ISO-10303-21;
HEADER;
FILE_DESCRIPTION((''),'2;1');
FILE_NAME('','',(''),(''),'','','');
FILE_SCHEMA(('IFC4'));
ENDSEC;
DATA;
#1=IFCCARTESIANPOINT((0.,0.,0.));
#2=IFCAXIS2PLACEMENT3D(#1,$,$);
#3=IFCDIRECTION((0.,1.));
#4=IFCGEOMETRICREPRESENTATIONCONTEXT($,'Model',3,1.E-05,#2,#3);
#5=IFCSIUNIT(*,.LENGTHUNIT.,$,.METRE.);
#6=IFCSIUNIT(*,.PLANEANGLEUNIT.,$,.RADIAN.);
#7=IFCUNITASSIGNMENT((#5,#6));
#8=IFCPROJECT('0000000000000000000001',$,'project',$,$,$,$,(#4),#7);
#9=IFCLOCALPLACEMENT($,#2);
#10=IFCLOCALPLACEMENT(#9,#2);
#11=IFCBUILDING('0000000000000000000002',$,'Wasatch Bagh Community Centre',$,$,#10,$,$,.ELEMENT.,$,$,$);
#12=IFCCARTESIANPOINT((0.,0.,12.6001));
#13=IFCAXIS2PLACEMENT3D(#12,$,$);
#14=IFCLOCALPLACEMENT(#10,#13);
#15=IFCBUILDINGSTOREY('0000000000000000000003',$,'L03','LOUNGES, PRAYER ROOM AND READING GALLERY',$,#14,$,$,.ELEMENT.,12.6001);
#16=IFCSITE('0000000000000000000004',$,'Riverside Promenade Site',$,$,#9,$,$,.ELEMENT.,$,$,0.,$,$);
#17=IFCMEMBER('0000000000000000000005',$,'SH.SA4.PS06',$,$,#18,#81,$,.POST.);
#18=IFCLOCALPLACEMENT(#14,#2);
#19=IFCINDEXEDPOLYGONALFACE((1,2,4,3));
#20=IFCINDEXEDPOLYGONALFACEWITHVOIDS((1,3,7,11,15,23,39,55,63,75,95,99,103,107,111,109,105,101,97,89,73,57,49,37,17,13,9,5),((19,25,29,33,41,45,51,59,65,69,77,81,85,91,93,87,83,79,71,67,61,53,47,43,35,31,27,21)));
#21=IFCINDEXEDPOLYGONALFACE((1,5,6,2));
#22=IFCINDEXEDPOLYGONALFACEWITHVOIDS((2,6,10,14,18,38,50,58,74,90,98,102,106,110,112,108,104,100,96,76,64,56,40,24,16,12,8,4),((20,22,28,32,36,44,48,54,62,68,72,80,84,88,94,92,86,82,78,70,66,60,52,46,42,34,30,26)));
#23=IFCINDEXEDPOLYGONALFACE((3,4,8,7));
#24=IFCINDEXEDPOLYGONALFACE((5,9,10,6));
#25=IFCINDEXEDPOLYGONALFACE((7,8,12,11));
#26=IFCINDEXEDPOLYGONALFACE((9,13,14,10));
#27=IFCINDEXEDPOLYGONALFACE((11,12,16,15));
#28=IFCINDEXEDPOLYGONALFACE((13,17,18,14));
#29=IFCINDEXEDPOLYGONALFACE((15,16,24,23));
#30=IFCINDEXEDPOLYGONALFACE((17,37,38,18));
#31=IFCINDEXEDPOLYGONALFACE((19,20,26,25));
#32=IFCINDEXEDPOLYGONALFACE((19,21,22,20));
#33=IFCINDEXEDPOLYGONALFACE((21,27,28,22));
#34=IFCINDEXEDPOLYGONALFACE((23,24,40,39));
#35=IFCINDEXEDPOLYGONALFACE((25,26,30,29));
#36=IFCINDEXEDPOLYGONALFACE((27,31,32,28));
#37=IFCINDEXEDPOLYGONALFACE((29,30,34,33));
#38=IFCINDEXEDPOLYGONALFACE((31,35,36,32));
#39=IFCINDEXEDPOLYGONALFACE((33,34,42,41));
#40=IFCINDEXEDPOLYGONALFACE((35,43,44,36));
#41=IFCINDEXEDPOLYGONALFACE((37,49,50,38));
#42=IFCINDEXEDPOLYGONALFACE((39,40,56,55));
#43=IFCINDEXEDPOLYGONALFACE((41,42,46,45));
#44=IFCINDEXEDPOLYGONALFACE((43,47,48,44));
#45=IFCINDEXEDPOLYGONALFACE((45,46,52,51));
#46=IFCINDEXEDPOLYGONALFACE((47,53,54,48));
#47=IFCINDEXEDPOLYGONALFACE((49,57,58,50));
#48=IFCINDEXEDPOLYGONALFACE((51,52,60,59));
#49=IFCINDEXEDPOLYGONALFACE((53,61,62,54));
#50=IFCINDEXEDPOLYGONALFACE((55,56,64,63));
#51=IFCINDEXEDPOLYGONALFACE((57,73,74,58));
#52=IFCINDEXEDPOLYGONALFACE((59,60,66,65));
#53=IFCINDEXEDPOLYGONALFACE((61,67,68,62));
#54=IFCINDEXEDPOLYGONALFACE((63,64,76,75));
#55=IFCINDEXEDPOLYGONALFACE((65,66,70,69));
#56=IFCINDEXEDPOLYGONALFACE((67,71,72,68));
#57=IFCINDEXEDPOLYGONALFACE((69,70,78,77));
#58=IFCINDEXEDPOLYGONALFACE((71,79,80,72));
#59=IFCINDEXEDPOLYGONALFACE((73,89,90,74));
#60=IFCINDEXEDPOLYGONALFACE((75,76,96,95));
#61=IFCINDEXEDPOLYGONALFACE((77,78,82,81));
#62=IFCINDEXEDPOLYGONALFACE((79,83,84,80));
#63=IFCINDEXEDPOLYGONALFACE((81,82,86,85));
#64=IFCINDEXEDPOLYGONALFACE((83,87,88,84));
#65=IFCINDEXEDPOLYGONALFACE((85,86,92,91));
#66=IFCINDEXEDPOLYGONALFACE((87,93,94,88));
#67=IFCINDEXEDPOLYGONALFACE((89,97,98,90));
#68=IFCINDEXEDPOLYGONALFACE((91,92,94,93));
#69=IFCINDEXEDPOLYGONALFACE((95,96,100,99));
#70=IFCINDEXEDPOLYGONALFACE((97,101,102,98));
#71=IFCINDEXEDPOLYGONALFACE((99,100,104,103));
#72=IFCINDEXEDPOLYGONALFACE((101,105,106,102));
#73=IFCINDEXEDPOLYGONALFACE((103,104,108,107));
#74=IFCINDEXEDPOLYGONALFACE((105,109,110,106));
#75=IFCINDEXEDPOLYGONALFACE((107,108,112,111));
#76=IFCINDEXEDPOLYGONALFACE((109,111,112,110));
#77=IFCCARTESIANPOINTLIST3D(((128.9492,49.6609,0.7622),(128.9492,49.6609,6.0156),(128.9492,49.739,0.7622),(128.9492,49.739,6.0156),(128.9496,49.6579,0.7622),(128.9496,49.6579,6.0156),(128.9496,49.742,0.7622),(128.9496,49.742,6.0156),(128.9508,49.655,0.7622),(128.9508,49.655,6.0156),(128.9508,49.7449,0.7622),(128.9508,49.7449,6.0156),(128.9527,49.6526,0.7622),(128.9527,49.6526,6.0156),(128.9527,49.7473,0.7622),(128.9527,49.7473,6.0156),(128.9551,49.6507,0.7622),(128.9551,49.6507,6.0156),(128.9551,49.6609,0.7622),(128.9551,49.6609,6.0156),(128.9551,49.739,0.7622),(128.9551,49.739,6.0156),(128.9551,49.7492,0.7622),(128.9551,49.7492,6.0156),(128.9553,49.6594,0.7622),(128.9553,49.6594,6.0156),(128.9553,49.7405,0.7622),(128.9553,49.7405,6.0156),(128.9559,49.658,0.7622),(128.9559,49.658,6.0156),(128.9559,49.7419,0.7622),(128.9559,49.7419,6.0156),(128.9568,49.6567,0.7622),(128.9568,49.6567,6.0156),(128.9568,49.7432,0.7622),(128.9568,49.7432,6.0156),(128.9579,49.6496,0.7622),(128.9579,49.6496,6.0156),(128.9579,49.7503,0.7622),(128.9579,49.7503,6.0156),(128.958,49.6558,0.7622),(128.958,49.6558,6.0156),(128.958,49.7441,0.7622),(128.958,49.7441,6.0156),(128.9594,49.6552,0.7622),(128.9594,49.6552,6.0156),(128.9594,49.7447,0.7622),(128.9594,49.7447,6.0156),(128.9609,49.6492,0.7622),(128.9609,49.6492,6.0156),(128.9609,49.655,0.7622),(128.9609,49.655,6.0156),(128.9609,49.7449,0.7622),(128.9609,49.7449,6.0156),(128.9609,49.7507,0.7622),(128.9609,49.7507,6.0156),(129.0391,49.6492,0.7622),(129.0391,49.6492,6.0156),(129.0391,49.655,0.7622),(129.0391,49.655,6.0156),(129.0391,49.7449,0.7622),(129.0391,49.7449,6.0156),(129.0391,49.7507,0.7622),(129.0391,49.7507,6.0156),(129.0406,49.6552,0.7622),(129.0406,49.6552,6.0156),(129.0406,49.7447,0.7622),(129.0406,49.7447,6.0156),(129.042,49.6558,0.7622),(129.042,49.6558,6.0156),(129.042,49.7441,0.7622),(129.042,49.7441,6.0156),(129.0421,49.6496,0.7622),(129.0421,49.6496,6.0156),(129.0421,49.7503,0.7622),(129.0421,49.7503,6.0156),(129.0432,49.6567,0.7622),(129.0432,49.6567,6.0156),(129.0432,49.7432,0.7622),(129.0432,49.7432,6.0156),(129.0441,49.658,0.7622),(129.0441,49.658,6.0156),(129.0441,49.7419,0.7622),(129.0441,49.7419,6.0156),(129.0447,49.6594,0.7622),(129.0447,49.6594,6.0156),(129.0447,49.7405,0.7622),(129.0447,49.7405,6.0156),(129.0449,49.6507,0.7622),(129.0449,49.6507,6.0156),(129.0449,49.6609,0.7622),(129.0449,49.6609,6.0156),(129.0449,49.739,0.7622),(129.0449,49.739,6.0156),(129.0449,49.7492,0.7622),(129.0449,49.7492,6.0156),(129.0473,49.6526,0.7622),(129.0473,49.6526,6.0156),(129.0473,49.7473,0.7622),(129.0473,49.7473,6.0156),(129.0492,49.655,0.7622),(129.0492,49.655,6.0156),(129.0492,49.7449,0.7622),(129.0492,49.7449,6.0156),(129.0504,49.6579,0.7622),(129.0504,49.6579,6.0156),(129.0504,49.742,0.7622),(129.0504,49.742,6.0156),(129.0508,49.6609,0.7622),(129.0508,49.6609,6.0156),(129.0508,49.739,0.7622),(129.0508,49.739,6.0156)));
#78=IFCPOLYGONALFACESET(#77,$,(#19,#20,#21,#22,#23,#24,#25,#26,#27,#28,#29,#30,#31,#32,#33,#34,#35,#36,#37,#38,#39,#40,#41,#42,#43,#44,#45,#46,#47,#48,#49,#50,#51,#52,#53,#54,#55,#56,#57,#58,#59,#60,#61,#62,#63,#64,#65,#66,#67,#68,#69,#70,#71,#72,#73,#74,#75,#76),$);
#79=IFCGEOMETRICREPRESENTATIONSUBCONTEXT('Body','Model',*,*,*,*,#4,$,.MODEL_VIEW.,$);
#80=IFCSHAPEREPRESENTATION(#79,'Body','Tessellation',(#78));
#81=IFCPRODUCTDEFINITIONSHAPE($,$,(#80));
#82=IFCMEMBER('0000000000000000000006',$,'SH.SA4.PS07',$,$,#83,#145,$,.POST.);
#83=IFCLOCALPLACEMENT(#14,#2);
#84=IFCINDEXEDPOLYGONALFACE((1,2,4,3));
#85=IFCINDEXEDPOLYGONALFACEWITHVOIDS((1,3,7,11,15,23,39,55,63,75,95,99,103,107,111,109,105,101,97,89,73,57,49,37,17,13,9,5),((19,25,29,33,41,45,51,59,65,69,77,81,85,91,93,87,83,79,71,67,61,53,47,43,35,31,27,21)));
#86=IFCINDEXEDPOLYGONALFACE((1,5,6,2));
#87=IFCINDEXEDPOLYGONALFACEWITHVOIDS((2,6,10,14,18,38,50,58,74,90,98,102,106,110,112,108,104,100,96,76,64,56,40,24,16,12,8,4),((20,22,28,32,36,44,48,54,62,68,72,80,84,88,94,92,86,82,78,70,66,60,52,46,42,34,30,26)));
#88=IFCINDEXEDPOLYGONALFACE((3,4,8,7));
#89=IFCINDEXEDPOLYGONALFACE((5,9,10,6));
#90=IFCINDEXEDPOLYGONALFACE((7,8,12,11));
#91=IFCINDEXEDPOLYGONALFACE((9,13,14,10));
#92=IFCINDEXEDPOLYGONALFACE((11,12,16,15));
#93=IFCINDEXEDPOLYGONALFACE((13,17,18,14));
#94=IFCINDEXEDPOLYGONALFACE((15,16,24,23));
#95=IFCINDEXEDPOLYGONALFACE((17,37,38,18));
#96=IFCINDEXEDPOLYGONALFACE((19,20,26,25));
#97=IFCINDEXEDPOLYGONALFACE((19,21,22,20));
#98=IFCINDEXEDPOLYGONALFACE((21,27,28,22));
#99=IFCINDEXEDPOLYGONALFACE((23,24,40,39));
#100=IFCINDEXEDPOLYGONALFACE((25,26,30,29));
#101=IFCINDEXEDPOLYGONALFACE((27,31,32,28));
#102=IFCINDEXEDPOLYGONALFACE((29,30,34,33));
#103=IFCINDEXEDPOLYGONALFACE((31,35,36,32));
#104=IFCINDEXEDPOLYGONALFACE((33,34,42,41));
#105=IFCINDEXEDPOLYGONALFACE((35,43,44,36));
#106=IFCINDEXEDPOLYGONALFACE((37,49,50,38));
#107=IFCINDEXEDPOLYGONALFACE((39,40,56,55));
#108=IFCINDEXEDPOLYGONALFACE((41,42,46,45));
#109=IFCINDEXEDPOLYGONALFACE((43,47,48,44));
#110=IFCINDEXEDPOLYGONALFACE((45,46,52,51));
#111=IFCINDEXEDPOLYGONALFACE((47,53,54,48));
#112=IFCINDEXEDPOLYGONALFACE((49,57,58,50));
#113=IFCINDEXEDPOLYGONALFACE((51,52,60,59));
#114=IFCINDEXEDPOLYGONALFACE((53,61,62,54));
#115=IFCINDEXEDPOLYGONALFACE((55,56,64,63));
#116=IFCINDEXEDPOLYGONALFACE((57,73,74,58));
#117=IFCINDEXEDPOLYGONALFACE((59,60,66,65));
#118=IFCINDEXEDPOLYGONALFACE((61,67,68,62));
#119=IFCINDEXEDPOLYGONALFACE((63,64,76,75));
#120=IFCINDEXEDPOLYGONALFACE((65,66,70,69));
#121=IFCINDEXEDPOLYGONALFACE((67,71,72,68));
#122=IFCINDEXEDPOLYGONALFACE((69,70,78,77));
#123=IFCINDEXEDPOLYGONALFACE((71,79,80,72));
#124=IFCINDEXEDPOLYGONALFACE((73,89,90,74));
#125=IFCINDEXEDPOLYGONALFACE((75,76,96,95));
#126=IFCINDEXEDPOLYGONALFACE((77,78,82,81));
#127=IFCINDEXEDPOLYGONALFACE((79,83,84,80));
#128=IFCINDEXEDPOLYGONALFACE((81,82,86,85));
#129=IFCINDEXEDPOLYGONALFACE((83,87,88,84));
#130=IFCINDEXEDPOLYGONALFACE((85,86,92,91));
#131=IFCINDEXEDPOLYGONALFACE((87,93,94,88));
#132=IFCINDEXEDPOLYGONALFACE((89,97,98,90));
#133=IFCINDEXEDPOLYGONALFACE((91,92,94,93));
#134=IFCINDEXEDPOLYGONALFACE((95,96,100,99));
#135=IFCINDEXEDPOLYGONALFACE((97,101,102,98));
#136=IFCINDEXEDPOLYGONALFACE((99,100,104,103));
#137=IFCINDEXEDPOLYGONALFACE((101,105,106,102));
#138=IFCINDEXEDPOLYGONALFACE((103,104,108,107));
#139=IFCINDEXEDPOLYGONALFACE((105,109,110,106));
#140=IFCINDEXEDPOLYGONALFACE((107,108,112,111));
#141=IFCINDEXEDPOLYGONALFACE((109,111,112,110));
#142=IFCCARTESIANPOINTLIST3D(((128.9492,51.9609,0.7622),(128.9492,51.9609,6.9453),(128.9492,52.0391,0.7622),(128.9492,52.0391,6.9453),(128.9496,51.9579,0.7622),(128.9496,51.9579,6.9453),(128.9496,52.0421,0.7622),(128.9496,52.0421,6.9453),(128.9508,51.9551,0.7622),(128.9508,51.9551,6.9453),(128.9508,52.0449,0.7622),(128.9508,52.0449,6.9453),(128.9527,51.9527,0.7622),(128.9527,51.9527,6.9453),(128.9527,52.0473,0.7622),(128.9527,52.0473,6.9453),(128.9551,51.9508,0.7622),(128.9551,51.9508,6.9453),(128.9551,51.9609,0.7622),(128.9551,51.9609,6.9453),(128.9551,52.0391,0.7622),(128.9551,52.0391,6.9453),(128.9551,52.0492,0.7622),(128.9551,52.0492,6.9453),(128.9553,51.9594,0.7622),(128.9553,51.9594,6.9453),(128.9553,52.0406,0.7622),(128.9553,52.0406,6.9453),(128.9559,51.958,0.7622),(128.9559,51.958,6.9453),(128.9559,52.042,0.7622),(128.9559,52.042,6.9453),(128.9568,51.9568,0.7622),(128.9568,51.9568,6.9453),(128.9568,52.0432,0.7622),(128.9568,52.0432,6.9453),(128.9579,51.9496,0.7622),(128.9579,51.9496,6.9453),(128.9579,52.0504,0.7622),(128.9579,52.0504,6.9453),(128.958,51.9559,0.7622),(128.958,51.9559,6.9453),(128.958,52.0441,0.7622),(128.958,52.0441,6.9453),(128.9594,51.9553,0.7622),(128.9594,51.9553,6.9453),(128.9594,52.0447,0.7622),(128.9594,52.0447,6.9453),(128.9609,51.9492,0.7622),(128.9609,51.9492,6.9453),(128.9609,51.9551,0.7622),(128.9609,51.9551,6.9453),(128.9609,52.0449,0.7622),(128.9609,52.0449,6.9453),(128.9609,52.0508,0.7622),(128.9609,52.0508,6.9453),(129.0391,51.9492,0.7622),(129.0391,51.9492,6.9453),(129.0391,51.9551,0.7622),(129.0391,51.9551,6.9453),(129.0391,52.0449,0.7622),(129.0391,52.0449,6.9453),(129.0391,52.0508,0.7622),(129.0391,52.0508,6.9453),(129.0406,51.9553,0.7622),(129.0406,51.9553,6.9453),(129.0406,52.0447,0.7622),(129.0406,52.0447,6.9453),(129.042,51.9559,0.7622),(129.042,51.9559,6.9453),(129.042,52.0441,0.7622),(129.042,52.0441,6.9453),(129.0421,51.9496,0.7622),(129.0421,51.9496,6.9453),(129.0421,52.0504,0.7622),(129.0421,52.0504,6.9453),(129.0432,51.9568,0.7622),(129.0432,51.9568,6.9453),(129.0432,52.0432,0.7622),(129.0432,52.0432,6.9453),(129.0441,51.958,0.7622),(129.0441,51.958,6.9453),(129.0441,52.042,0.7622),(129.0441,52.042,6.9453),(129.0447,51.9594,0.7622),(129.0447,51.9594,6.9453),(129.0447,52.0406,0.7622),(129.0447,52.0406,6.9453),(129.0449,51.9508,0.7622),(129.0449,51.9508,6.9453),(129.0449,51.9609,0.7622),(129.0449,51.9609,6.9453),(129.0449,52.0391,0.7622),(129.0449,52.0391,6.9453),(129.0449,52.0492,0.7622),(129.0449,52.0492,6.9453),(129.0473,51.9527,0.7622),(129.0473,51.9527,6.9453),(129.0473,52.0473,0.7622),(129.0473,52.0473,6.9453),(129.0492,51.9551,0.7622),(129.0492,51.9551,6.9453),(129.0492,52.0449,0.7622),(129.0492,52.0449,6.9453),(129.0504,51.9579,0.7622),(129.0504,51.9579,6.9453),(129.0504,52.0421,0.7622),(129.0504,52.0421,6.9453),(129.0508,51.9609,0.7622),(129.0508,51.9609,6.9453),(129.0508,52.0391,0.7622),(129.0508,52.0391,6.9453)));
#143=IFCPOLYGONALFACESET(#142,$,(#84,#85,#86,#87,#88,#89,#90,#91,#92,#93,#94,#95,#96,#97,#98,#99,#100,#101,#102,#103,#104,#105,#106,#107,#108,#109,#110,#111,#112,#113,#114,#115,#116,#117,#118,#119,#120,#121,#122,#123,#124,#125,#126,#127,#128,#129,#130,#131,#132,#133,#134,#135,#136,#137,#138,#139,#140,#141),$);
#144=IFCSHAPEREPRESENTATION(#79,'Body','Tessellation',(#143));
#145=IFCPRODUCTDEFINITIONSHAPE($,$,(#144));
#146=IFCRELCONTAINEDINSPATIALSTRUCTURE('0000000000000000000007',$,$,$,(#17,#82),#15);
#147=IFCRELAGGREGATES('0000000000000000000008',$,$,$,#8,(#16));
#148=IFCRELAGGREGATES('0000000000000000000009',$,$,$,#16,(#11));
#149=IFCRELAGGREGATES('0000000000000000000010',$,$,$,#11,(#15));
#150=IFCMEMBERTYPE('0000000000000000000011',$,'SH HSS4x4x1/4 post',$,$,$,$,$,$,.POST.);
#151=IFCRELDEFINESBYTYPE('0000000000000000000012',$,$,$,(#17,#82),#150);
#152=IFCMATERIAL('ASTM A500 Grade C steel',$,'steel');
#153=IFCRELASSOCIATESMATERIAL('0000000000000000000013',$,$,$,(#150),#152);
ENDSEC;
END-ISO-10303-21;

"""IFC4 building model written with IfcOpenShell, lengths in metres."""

from ifc_helpers import new_model, si_unit, direction, frame, origin, origin_2d, place, context, subcontext, project, spatial, hollow_rectangle, extrude, material, material_profile, profile_set, type_object, element, save


model = new_model("IFC4")

# Units and contexts
model_context = context("Model", 3, precision=1e-05, world=origin(), true_north=direction((0.0, 1.0)))
body_context = subcontext(model_context, "Body", "Model", "MODEL_VIEW")
ifc_project = project(units=[si_unit("LENGTHUNIT", "METRE"), si_unit("PLANEANGLEUNIT", "RADIAN")], contexts=[model_context])

# Site, building, storey
site_placement = place(None, origin())
site = spatial("IfcSite", under=ifc_project, at=site_placement, Name="Riverside Promenade Site", CompositionType="ELEMENT", RefElevation=0.0)
building_placement = place(site_placement, origin())
building = spatial("IfcBuilding", under=site, at=building_placement, Name="Wasatch Bagh Community Centre", CompositionType="ELEMENT")
storey_placement = place(building_placement, frame((0.0, 0.0, 12.6001)))
storey = spatial("IfcBuildingStorey", under=building, at=storey_placement, Name="L03", Description="LOUNGES, PRAYER ROOM AND READING GALLERY", CompositionType="ELEMENT", Elevation=12.6001)

# Members
ifc_material_1 = material(Name="ASTM A500 Grade C steel", Category="steel")
ifc_material_profile_1 = material_profile(ifc_material_1, hollow_rectangle(XDim=0.1016, YDim=0.1016, WallThickness=0.0059, InnerFilletRadius=0.0059, OuterFilletRadius=0.0117, at=origin_2d()), Name="HSS4x4x1/4")
ifc_profile_set_1 = profile_set([ifc_material_profile_1], Name="ASTM A500 Grade C steel")
member_type_1 = type_object("IfcMemberType", Name="SH HSS4x4x1/4 post", PredefinedType="POST", material=ifc_profile_set_1)
member_1_placement = place(storey_placement, frame((129.0, 49.7, 0.7622), z_axis=(0.0, 0.0, 1.0), x_axis=(1.0, 0.0, 0.0)))
element("IfcMember", 1, at=member_1_placement, inside=storey, type_object=member_type_1, Name="SH.SA4.PS06", PredefinedType="POST", context=body_context, shape_type="SweptSolid", body=[
    extrude(hollow_rectangle(XDim=0.1016, YDim=0.1016, WallThickness=0.0059, InnerFilletRadius=0.0059, OuterFilletRadius=0.0117, at=origin_2d()), origin(), (0.0, 0.0, 1.0), 5.2534),
])
member_2_placement = place(storey_placement, frame((129.0, 52.0, 0.7622), z_axis=(0.0, 0.0, 1.0), x_axis=(1.0, 0.0, 0.0)))
element("IfcMember", 2, at=member_2_placement, inside=storey, type_object=member_type_1, Name="SH.SA4.PS07", PredefinedType="POST", context=body_context, shape_type="SweptSolid", body=[
    extrude(hollow_rectangle(XDim=0.1016, YDim=0.1016, WallThickness=0.0059, InnerFilletRadius=0.0059, OuterFilletRadius=0.0117, at=origin_2d()), origin(), (0.0, 0.0, 1.0), 6.1831),
])

save(model, "model.ifc")
